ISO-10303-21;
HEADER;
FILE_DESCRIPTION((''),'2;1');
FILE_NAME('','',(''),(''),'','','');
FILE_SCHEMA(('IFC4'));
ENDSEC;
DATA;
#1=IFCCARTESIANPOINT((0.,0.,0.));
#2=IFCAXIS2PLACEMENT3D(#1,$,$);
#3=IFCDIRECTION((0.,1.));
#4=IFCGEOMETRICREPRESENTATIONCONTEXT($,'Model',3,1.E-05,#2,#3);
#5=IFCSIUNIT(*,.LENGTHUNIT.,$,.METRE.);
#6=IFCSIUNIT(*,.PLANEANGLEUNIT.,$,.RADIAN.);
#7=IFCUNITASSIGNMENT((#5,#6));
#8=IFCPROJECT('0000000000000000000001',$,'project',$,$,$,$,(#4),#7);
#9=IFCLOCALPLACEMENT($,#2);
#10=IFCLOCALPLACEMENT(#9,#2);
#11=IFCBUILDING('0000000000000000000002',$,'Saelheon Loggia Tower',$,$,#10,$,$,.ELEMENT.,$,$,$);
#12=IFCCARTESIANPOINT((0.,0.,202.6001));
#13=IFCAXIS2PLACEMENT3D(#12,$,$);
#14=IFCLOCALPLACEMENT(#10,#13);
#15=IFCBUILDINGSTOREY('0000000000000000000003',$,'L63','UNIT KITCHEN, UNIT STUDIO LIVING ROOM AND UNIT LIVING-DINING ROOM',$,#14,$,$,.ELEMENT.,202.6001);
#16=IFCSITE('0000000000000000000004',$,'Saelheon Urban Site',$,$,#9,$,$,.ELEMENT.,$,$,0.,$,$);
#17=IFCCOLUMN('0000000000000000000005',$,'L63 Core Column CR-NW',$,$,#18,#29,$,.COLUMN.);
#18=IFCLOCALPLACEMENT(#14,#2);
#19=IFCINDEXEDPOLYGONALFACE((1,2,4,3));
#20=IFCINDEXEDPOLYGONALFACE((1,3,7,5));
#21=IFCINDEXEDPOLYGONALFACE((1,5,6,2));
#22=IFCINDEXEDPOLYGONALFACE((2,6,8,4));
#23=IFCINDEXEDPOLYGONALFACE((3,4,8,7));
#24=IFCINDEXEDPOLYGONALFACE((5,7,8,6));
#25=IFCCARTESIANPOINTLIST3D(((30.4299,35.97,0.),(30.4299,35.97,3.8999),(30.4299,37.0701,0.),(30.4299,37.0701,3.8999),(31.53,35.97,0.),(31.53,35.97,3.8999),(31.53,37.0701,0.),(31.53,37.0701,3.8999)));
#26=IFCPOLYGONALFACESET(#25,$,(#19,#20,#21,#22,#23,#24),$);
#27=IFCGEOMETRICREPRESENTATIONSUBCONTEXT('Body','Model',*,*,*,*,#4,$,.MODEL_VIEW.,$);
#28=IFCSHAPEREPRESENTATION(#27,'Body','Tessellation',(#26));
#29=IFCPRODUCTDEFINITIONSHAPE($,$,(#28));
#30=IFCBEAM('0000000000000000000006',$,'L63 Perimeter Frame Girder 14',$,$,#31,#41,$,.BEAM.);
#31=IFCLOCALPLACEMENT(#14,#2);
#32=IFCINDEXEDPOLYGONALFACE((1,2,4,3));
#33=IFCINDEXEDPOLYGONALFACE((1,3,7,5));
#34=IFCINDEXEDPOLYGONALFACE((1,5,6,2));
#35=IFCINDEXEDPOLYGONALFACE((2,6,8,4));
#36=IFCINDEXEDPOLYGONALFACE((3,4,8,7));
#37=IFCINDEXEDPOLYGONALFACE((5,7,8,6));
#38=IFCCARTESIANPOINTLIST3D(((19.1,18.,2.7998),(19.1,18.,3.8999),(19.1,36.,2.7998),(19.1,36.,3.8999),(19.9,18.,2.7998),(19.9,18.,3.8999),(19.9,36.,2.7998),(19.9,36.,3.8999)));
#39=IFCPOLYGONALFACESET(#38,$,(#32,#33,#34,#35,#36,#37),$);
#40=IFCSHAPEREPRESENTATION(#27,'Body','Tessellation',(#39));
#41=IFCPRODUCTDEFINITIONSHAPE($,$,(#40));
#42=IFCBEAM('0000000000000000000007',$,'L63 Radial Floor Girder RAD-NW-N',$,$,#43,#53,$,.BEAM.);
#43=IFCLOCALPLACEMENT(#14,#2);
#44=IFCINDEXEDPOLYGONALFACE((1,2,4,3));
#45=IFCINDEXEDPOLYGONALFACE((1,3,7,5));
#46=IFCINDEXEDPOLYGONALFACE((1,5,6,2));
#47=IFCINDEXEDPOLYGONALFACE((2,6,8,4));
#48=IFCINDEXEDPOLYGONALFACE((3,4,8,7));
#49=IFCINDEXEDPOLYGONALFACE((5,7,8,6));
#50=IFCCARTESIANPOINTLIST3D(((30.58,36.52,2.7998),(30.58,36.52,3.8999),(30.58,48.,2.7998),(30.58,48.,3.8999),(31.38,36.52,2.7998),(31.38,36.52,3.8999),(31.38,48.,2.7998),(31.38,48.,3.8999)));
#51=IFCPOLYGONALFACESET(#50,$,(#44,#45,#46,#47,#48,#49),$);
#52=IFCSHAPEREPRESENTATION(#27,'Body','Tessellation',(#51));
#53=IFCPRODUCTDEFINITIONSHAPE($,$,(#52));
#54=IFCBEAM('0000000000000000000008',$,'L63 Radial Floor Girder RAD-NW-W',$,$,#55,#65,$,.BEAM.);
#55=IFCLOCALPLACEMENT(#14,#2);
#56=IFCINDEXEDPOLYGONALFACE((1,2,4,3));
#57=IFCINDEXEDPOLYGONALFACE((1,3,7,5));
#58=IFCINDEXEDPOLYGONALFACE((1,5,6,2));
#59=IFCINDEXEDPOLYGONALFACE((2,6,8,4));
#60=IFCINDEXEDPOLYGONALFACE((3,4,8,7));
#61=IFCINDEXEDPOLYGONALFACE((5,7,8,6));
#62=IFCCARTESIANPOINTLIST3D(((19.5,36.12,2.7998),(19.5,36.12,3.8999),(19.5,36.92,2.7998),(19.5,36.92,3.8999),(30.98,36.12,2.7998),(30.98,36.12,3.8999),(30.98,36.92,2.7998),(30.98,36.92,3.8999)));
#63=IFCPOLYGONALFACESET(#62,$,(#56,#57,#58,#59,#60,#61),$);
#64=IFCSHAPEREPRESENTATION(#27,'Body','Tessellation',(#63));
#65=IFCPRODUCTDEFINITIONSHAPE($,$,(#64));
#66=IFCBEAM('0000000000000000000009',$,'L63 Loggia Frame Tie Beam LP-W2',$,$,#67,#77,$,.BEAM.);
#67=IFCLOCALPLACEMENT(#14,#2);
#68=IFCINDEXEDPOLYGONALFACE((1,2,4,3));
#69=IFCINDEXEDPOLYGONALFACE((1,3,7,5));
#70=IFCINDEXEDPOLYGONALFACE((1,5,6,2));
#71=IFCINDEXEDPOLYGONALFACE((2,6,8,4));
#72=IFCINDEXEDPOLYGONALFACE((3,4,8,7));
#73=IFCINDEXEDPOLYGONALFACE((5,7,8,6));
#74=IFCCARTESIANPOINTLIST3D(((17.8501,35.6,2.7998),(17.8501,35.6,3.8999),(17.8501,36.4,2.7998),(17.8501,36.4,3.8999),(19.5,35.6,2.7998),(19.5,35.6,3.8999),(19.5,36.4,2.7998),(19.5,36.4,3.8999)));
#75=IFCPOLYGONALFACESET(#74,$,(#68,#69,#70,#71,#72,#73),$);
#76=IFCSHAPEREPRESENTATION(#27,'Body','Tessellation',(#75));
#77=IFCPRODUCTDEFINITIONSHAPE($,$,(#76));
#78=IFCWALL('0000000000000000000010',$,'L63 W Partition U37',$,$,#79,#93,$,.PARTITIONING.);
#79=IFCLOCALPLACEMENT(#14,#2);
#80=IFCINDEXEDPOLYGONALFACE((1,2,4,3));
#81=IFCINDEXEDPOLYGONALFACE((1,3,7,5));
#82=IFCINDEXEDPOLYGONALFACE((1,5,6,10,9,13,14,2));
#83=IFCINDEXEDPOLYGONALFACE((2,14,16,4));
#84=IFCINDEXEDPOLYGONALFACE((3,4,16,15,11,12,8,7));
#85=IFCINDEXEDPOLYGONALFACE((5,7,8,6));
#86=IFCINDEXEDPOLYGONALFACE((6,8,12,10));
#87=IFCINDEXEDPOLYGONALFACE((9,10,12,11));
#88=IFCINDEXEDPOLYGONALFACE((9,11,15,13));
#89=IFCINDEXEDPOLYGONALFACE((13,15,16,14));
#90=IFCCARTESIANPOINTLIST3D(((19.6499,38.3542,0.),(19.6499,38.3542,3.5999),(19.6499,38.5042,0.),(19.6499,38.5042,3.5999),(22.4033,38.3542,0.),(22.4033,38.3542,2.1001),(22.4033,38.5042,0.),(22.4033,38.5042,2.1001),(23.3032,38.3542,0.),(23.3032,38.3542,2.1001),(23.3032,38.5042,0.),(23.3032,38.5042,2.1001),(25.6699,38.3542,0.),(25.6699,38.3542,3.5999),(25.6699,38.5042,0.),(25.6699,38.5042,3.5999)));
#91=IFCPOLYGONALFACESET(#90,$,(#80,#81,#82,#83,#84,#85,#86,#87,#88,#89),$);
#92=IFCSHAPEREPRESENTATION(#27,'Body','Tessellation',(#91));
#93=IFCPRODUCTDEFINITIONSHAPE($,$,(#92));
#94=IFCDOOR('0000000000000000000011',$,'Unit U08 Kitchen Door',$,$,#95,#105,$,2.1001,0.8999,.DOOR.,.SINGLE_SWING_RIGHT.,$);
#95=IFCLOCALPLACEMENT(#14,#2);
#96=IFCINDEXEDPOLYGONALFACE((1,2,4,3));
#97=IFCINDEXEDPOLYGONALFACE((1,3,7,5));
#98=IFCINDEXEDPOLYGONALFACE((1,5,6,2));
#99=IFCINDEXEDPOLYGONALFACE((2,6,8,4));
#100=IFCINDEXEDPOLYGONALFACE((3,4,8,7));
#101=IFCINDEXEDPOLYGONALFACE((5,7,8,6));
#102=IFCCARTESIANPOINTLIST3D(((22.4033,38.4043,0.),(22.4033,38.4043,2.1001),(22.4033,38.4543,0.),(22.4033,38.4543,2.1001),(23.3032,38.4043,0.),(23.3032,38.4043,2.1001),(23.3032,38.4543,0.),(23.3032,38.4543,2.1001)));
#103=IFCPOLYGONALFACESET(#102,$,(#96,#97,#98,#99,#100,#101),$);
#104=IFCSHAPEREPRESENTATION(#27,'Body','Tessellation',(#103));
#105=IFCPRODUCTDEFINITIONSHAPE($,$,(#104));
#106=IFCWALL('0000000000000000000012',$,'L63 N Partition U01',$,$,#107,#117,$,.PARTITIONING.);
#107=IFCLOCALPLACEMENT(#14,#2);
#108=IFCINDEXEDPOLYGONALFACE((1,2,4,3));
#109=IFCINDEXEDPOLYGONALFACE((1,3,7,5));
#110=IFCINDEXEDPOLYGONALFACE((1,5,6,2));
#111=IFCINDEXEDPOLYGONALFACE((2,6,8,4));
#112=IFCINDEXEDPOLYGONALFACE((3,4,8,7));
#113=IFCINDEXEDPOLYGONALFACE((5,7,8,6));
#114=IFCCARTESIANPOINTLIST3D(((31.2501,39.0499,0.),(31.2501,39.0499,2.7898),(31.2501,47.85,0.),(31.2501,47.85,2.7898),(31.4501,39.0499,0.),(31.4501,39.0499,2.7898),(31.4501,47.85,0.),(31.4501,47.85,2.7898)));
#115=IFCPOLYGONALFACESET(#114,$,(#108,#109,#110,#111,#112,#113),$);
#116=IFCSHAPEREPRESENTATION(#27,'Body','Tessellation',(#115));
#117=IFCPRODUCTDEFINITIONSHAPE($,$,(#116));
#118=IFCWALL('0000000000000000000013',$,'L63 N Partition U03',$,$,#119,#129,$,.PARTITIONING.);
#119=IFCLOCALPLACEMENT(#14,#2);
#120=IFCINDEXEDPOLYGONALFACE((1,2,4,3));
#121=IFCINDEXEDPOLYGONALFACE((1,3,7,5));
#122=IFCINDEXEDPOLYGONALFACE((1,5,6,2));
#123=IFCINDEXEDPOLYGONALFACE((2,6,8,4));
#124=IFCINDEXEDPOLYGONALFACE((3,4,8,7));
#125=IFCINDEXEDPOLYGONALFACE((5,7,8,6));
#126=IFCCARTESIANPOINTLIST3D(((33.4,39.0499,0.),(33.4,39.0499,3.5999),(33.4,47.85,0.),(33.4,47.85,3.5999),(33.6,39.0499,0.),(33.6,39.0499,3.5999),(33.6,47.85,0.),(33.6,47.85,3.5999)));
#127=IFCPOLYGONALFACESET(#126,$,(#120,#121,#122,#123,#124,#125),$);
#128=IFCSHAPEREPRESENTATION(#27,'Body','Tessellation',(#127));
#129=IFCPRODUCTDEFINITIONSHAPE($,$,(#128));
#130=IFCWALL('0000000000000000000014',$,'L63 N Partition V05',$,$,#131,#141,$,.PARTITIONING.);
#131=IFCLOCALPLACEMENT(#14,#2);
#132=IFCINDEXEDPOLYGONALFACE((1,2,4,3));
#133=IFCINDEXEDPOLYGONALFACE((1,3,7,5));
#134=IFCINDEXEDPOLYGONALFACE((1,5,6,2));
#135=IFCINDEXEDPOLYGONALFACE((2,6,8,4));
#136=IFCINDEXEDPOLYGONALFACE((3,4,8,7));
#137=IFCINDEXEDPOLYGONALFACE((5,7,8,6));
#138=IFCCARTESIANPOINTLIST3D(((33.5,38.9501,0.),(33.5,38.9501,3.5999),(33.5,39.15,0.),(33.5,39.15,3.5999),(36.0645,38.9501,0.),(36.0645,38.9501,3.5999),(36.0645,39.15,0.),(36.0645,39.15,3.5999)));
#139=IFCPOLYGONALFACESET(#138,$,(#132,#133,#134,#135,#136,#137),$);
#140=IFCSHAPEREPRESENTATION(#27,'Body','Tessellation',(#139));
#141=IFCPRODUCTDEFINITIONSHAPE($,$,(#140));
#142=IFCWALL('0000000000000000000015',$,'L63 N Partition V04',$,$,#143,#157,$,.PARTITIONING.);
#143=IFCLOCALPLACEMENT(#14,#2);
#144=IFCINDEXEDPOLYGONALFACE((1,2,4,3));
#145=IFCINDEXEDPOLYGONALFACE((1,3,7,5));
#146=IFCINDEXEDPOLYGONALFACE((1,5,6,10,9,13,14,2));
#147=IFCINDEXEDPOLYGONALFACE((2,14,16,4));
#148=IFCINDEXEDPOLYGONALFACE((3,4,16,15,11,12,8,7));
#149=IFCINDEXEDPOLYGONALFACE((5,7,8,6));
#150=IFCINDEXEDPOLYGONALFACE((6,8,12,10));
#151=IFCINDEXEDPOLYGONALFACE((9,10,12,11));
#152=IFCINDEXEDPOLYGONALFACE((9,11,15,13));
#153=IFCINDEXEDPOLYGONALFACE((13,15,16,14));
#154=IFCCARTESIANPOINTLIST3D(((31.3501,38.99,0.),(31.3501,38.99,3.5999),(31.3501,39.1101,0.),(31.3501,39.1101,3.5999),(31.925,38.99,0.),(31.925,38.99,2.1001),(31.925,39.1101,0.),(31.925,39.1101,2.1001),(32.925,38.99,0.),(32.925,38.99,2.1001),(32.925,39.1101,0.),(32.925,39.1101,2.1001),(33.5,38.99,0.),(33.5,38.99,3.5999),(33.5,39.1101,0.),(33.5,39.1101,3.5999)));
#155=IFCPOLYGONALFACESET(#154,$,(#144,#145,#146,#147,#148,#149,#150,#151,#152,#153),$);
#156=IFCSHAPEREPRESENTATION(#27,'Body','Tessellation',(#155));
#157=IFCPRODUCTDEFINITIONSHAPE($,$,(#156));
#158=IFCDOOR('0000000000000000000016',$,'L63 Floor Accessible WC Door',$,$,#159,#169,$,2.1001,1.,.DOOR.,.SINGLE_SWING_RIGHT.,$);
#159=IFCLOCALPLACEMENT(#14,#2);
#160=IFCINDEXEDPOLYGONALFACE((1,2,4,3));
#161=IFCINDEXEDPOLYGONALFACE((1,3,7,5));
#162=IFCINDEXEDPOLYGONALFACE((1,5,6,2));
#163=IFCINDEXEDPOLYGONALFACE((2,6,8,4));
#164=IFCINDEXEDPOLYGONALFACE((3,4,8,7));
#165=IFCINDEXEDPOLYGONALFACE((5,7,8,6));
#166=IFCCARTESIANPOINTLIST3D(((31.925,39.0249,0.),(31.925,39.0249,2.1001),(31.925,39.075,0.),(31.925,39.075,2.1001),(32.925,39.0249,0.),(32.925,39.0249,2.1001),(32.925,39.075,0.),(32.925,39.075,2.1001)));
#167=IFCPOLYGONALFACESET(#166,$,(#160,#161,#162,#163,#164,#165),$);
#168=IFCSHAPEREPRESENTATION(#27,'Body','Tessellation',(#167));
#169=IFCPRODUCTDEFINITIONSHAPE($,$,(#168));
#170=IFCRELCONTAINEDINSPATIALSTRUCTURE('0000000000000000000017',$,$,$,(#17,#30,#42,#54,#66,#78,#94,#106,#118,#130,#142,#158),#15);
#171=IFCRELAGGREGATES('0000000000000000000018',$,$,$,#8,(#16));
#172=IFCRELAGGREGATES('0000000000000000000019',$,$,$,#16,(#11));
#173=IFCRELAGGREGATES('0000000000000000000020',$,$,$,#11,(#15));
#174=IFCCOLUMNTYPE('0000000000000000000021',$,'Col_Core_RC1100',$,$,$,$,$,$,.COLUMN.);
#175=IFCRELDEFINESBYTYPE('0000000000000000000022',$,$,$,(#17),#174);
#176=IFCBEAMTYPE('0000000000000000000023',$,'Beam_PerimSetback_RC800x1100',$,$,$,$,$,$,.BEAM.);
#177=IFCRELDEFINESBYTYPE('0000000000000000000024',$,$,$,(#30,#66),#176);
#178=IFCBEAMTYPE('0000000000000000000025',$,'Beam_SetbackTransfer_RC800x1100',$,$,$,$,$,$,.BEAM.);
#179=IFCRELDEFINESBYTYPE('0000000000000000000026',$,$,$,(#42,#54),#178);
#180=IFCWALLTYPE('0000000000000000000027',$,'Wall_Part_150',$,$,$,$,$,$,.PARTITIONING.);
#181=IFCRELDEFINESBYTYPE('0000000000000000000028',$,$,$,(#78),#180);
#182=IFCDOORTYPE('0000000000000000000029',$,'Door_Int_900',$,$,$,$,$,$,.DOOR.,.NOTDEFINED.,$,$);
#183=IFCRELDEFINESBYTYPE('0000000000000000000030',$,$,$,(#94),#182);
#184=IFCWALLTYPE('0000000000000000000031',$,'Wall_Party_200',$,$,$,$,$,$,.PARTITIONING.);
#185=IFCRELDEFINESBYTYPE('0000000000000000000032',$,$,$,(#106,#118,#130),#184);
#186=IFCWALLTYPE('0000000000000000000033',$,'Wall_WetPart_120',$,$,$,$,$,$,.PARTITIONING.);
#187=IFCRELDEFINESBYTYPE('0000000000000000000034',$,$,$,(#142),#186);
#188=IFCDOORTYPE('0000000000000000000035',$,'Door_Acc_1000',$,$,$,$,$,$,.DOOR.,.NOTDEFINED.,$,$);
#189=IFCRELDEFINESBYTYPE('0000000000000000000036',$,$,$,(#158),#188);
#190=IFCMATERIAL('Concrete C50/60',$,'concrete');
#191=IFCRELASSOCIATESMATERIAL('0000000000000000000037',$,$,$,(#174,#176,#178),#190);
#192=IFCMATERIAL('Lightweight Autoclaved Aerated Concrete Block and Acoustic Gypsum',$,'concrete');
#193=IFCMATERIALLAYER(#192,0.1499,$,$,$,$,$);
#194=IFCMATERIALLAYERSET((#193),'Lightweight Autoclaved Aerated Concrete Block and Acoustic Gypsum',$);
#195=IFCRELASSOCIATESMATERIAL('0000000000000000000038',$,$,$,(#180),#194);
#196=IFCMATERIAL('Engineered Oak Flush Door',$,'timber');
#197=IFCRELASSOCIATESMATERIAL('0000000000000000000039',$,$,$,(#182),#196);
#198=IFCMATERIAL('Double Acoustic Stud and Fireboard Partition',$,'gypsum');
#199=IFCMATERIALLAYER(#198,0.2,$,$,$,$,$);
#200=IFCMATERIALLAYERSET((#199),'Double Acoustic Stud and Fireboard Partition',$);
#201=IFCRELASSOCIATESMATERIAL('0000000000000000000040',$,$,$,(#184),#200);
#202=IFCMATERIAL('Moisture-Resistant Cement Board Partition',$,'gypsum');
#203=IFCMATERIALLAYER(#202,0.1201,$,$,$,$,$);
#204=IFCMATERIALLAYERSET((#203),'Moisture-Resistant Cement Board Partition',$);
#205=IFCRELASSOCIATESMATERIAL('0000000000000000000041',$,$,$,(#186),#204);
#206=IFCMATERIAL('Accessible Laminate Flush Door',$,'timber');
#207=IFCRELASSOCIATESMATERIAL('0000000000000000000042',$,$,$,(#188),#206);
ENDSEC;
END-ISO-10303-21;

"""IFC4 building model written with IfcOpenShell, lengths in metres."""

from ifc_helpers import new_model, si_unit, direction, frame, frame_2d, origin, origin_2d, place, context, subcontext, project, spatial, rectangle, extrude, source, transform, mapped, material, layer, layer_set, material_profile, profile_set, type_object, element, fill, save


model = new_model("IFC4")

# Units and contexts
model_context = context("Model", 3, precision=1e-05, world=origin(), true_north=direction((0.0, 1.0)))
body_context = subcontext(model_context, "Body", "Model", "MODEL_VIEW")
ifc_project = project(units=[si_unit("LENGTHUNIT", "METRE"), si_unit("PLANEANGLEUNIT", "RADIAN")], contexts=[model_context])

# Site, building, storey
site_placement = place(None, origin())
site = spatial("IfcSite", under=ifc_project, at=site_placement, Name="Saelheon Urban Site", CompositionType="ELEMENT", RefElevation=0.0)
building_placement = place(site_placement, origin())
building = spatial("IfcBuilding", under=site, at=building_placement, Name="Saelheon Loggia Tower", CompositionType="ELEMENT")
storey_placement = place(building_placement, frame((0.0, 0.0, 202.6001)))
storey = spatial("IfcBuildingStorey", under=building, at=storey_placement, Name="L63", Description="UNIT KITCHEN, UNIT STUDIO LIVING ROOM AND UNIT LIVING-DINING ROOM", CompositionType="ELEMENT", Elevation=202.6001)

# Column
ifc_material_1 = material(Name="Concrete C50/60", Category="concrete")
ifc_material_profile_1 = material_profile(ifc_material_1, rectangle(XDim=1.1001, YDim=1.1001, at=origin_2d()), Name="RC-1100x1100")
ifc_profile_set_1 = profile_set([ifc_material_profile_1], Name="Concrete C50/60")
column_type = type_object("IfcColumnType", Name="Col_Core_RC1100", PredefinedType="COLUMN", material=ifc_profile_set_1)
shared_shape_1 = source(origin(), body_context, "Body", "SweptSolid", [
    extrude(rectangle(XDim=1.1001, YDim=1.1001, at=origin_2d()), origin(), (0.0, 0.0, 1.0), 3.8999),
])
column_placement = place(storey_placement, frame((30.98, 36.52, 0.0), z_axis=(0.0, 0.0, 1.0), x_axis=(1.0, 0.0, 0.0)))
element("IfcColumn", 1, at=column_placement, inside=storey, type_object=column_type, Name="L63 Core Column CR-NW", PredefinedType="COLUMN", context=body_context, shape_type="MappedRepresentation", body=[
    mapped(shared_shape_1, transform((0.0, 0.0, 0.0), scale=1.0)),
])

# Beams
ifc_material_profile_2 = material_profile(ifc_material_1, rectangle(XDim=0.8, YDim=1.1001, at=origin_2d()), Name="RC-800x1100")
ifc_profile_set_2 = profile_set([ifc_material_profile_2], Name="Concrete C50/60")
beam_type_1 = type_object("IfcBeamType", Name="Beam_PerimSetback_RC800x1100", PredefinedType="BEAM", material=ifc_profile_set_2)
shared_shape_2 = source(origin(), body_context, "Body", "SweptSolid", [
    extrude(rectangle(XDim=0.8, YDim=1.1001, at=origin_2d()), origin(), (0.0, 0.0, 1.0), 18.0),
])
beam_1_placement = place(storey_placement, frame((19.5, 36.0, 3.3499), z_axis=(0.0, -1.0, 0.0), x_axis=(1.0, 0.0, 0.0)))
element("IfcBeam", 2, at=beam_1_placement, inside=storey, type_object=beam_type_1, Name="L63 Perimeter Frame Girder 14", PredefinedType="BEAM", context=body_context, shape_type="MappedRepresentation", body=[
    mapped(shared_shape_2, transform((0.0, 0.0, 0.0), scale=1.0)),
])
ifc_material_profile_3 = material_profile(ifc_material_1, rectangle(XDim=0.8, YDim=1.1001, at=origin_2d()), Name="RC-800x1100")
ifc_profile_set_3 = profile_set([ifc_material_profile_3], Name="Concrete C50/60")
beam_type_2 = type_object("IfcBeamType", Name="Beam_SetbackTransfer_RC800x1100", PredefinedType="BEAM", material=ifc_profile_set_3)
shared_shape_3 = source(origin(), body_context, "Body", "SweptSolid", [
    extrude(rectangle(XDim=0.8, YDim=1.1001, at=origin_2d()), origin(), (0.0, 0.0, 1.0), 11.48),
])
for number, where, z_axis, x_axis, name in (
    (3, (30.98, 36.52, 3.3499), (0.0, 1.0, 0.0), (-1.0, 0.0, 0.0), "L63 Radial Floor Girder RAD-NW-N"),
    (4, (30.98, 36.52, 3.3499), (-1.0, 0.0, 0.0), (0.0, -1.0, 0.0), "L63 Radial Floor Girder RAD-NW-W"),
):
    element("IfcBeam", number, at=place(storey_placement, frame(where, z_axis=z_axis, x_axis=x_axis)), inside=storey, type_object=beam_type_2, Name=name, PredefinedType="BEAM", context=body_context, shape_type="MappedRepresentation", body=[
        mapped(shared_shape_3, transform((0.0, 0.0, 0.0), scale=1.0)),
    ])
shared_shape_4 = source(origin(), body_context, "Body", "SweptSolid", [
    extrude(rectangle(XDim=0.8, YDim=1.1001, at=origin_2d()), origin(), (0.0, 0.0, 1.0), 1.6499),
])
beam_2_placement = place(storey_placement, frame((19.5, 36.0, 3.3499), z_axis=(-1.0, 0.0, 0.0), x_axis=(0.0, -1.0, 0.0)))
element("IfcBeam", 5, at=beam_2_placement, inside=storey, type_object=beam_type_1, Name="L63 Loggia Frame Tie Beam LP-W2", PredefinedType="BEAM", context=body_context, shape_type="MappedRepresentation", body=[
    mapped(shared_shape_4, transform((0.0, 0.0, 0.0), scale=1.0)),
])

# Wall, opening, door
ifc_material_2 = material(Name="Lightweight Autoclaved Aerated Concrete Block and Acoustic Gypsum", Category="concrete")
ifc_layer_1 = layer(ifc_material_2, 0.1499)
ifc_layer_set_1 = layer_set([ifc_layer_1], Name="Lightweight Autoclaved Aerated Concrete Block and Acoustic Gypsum")
wall_type_1 = type_object("IfcWallType", Name="Wall_Part_150", PredefinedType="PARTITIONING", material=ifc_layer_set_1)
wall_1_placement = place(storey_placement, frame((25.6699, 38.4292, 0.0), z_axis=(0.0, 0.0, 1.0), x_axis=(-1.0, 0.0, 0.0)))
wall_1 = element("IfcWall", 6, at=wall_1_placement, inside=storey, type_object=wall_type_1, Name="L63 W Partition U37", PredefinedType="PARTITIONING", context=body_context, shape_type="SweptSolid", body=[
    extrude(rectangle(XDim=6.02, YDim=0.1499, at=frame_2d((3.01, 0.0))), origin(), (0.0, 0.0, 1.0), 3.5999),
])
opening_1_placement = place(wall_1_placement, frame((2.3667, 0.0, 0.0)))
opening_1 = element("IfcOpeningElement", 7, at=opening_1_placement, cuts=wall_1, PredefinedType="OPENING", context=body_context, shape_type="SweptSolid", body=[
    extrude(rectangle(XDim=0.8999, YDim=2.1001, at=frame_2d((0.45, 1.05))), frame((0.0, 0.0869, 0.0), z_axis=(0.0, -1.0, 0.0), x_axis=(1.0, 0.0, 0.0)), (0.0, 0.0, 1.0), 0.1738),
])
ifc_material_3 = material(Name="Engineered Oak Flush Door", Category="timber")
door_type_1 = type_object("IfcDoorType", Name="Door_Int_900", OperationType="NOTDEFINED", PredefinedType="DOOR", material=ifc_material_3)
shared_shape_5 = source(origin(), body_context, "Body", "SweptSolid", [
    extrude(rectangle(XDim=0.8999, YDim=2.1001, at=frame_2d((0.45, 1.05))), frame((0.0, 0.0249, 0.0), z_axis=(0.0, -1.0, 0.0), x_axis=(1.0, 0.0, 0.0)), (0.0, 0.0, 1.0), 0.05),
])
door_1_placement = place(opening_1_placement, origin())
door_1 = element("IfcDoor", 8, at=door_1_placement, inside=storey, type_object=door_type_1, Name="Unit U08 Kitchen Door", OperationType="SINGLE_SWING_RIGHT", OverallHeight=2.1001, OverallWidth=0.8999, PredefinedType="DOOR", context=body_context, shape_type="MappedRepresentation", body=[
    mapped(shared_shape_5, transform((0.0, 0.0, 0.0), scale=1.0)),
])
fill(opening_1, door_1)

# Walls
ifc_material_4 = material(Name="Double Acoustic Stud and Fireboard Partition", Category="gypsum")
ifc_layer_2 = layer(ifc_material_4, 0.2)
ifc_layer_set_2 = layer_set([ifc_layer_2], Name="Double Acoustic Stud and Fireboard Partition")
wall_type_2 = type_object("IfcWallType", Name="Wall_Party_200", PredefinedType="PARTITIONING", material=ifc_layer_set_2)
wall_2_placement = place(storey_placement, frame((31.3501, 39.05, 0.0), z_axis=(0.0, 0.0, 1.0), x_axis=(0.0, 1.0, 0.0)))
element("IfcWall", 9, at=wall_2_placement, inside=storey, type_object=wall_type_2, Name="L63 N Partition U01", PredefinedType="PARTITIONING", context=body_context, shape_type="SweptSolid", body=[
    extrude(rectangle(XDim=8.8, YDim=0.2, at=frame_2d((4.3999, 0.0))), origin(), (0.0, 0.0, 1.0), 2.7898),
])
wall_3_placement = place(storey_placement, frame((33.5, 39.05, 0.0), z_axis=(0.0, 0.0, 1.0), x_axis=(0.0, 1.0, 0.0)))
element("IfcWall", 10, at=wall_3_placement, inside=storey, type_object=wall_type_2, Name="L63 N Partition U03", PredefinedType="PARTITIONING", context=body_context, shape_type="SweptSolid", body=[
    extrude(rectangle(XDim=8.8, YDim=0.2, at=frame_2d((4.3999, 0.0))), origin(), (0.0, 0.0, 1.0), 3.5999),
])
wall_4_placement = place(storey_placement, frame((33.5, 39.05, 0.0), z_axis=(0.0, 0.0, 1.0), x_axis=(1.0, 0.0, 0.0)))
element("IfcWall", 11, at=wall_4_placement, inside=storey, type_object=wall_type_2, Name="L63 N Partition V05", PredefinedType="PARTITIONING", context=body_context, shape_type="SweptSolid", body=[
    extrude(rectangle(XDim=2.5645, YDim=0.2, at=frame_2d((1.2822, 0.0))), origin(), (0.0, 0.0, 1.0), 3.5999),
])

# Wall, opening, door
ifc_material_5 = material(Name="Moisture-Resistant Cement Board Partition", Category="gypsum")
ifc_layer_3 = layer(ifc_material_5, 0.1201)
ifc_layer_set_3 = layer_set([ifc_layer_3], Name="Moisture-Resistant Cement Board Partition")
wall_type_3 = type_object("IfcWallType", Name="Wall_WetPart_120", PredefinedType="PARTITIONING", material=ifc_layer_set_3)
wall_5_placement = place(storey_placement, frame((31.3501, 39.05, 0.0), z_axis=(0.0, 0.0, 1.0), x_axis=(1.0, 0.0, 0.0)))
wall_5 = element("IfcWall", 12, at=wall_5_placement, inside=storey, type_object=wall_type_3, Name="L63 N Partition V04", PredefinedType="PARTITIONING", context=body_context, shape_type="SweptSolid", body=[
    extrude(rectangle(XDim=2.1499, YDim=0.1201, at=frame_2d((1.075, 0.0))), origin(), (0.0, 0.0, 1.0), 3.5999),
])
opening_2_placement = place(wall_5_placement, frame((0.575, 0.0, 0.0)))
opening_2 = element("IfcOpeningElement", 13, at=opening_2_placement, cuts=wall_5, PredefinedType="OPENING", context=body_context, shape_type="SweptSolid", body=[
    extrude(rectangle(XDim=1.0, YDim=2.1001, at=frame_2d((0.5, 1.05))), frame((0.0, 0.072, 0.0), z_axis=(0.0, -1.0, 0.0), x_axis=(1.0, 0.0, 0.0)), (0.0, 0.0, 1.0), 0.144),
])
ifc_material_6 = material(Name="Accessible Laminate Flush Door", Category="timber")
door_type_2 = type_object("IfcDoorType", Name="Door_Acc_1000", OperationType="NOTDEFINED", PredefinedType="DOOR", material=ifc_material_6)
shared_shape_6 = source(origin(), body_context, "Body", "SweptSolid", [
    extrude(rectangle(XDim=1.0, YDim=2.1001, at=frame_2d((0.5, 1.05))), frame((0.0, 0.0249, 0.0), z_axis=(0.0, -1.0, 0.0), x_axis=(1.0, 0.0, 0.0)), (0.0, 0.0, 1.0), 0.05),
])
door_2_placement = place(opening_2_placement, origin())
door_2 = element("IfcDoor", 14, at=door_2_placement, inside=storey, type_object=door_type_2, Name="L63 Floor Accessible WC Door", OperationType="SINGLE_SWING_RIGHT", OverallHeight=2.1001, OverallWidth=1.0, PredefinedType="DOOR", context=body_context, shape_type="MappedRepresentation", body=[
    mapped(shared_shape_6, transform((0.0, 0.0, 0.0), scale=1.0)),
])
fill(opening_2, door_2)

save(model, "model.ifc")
